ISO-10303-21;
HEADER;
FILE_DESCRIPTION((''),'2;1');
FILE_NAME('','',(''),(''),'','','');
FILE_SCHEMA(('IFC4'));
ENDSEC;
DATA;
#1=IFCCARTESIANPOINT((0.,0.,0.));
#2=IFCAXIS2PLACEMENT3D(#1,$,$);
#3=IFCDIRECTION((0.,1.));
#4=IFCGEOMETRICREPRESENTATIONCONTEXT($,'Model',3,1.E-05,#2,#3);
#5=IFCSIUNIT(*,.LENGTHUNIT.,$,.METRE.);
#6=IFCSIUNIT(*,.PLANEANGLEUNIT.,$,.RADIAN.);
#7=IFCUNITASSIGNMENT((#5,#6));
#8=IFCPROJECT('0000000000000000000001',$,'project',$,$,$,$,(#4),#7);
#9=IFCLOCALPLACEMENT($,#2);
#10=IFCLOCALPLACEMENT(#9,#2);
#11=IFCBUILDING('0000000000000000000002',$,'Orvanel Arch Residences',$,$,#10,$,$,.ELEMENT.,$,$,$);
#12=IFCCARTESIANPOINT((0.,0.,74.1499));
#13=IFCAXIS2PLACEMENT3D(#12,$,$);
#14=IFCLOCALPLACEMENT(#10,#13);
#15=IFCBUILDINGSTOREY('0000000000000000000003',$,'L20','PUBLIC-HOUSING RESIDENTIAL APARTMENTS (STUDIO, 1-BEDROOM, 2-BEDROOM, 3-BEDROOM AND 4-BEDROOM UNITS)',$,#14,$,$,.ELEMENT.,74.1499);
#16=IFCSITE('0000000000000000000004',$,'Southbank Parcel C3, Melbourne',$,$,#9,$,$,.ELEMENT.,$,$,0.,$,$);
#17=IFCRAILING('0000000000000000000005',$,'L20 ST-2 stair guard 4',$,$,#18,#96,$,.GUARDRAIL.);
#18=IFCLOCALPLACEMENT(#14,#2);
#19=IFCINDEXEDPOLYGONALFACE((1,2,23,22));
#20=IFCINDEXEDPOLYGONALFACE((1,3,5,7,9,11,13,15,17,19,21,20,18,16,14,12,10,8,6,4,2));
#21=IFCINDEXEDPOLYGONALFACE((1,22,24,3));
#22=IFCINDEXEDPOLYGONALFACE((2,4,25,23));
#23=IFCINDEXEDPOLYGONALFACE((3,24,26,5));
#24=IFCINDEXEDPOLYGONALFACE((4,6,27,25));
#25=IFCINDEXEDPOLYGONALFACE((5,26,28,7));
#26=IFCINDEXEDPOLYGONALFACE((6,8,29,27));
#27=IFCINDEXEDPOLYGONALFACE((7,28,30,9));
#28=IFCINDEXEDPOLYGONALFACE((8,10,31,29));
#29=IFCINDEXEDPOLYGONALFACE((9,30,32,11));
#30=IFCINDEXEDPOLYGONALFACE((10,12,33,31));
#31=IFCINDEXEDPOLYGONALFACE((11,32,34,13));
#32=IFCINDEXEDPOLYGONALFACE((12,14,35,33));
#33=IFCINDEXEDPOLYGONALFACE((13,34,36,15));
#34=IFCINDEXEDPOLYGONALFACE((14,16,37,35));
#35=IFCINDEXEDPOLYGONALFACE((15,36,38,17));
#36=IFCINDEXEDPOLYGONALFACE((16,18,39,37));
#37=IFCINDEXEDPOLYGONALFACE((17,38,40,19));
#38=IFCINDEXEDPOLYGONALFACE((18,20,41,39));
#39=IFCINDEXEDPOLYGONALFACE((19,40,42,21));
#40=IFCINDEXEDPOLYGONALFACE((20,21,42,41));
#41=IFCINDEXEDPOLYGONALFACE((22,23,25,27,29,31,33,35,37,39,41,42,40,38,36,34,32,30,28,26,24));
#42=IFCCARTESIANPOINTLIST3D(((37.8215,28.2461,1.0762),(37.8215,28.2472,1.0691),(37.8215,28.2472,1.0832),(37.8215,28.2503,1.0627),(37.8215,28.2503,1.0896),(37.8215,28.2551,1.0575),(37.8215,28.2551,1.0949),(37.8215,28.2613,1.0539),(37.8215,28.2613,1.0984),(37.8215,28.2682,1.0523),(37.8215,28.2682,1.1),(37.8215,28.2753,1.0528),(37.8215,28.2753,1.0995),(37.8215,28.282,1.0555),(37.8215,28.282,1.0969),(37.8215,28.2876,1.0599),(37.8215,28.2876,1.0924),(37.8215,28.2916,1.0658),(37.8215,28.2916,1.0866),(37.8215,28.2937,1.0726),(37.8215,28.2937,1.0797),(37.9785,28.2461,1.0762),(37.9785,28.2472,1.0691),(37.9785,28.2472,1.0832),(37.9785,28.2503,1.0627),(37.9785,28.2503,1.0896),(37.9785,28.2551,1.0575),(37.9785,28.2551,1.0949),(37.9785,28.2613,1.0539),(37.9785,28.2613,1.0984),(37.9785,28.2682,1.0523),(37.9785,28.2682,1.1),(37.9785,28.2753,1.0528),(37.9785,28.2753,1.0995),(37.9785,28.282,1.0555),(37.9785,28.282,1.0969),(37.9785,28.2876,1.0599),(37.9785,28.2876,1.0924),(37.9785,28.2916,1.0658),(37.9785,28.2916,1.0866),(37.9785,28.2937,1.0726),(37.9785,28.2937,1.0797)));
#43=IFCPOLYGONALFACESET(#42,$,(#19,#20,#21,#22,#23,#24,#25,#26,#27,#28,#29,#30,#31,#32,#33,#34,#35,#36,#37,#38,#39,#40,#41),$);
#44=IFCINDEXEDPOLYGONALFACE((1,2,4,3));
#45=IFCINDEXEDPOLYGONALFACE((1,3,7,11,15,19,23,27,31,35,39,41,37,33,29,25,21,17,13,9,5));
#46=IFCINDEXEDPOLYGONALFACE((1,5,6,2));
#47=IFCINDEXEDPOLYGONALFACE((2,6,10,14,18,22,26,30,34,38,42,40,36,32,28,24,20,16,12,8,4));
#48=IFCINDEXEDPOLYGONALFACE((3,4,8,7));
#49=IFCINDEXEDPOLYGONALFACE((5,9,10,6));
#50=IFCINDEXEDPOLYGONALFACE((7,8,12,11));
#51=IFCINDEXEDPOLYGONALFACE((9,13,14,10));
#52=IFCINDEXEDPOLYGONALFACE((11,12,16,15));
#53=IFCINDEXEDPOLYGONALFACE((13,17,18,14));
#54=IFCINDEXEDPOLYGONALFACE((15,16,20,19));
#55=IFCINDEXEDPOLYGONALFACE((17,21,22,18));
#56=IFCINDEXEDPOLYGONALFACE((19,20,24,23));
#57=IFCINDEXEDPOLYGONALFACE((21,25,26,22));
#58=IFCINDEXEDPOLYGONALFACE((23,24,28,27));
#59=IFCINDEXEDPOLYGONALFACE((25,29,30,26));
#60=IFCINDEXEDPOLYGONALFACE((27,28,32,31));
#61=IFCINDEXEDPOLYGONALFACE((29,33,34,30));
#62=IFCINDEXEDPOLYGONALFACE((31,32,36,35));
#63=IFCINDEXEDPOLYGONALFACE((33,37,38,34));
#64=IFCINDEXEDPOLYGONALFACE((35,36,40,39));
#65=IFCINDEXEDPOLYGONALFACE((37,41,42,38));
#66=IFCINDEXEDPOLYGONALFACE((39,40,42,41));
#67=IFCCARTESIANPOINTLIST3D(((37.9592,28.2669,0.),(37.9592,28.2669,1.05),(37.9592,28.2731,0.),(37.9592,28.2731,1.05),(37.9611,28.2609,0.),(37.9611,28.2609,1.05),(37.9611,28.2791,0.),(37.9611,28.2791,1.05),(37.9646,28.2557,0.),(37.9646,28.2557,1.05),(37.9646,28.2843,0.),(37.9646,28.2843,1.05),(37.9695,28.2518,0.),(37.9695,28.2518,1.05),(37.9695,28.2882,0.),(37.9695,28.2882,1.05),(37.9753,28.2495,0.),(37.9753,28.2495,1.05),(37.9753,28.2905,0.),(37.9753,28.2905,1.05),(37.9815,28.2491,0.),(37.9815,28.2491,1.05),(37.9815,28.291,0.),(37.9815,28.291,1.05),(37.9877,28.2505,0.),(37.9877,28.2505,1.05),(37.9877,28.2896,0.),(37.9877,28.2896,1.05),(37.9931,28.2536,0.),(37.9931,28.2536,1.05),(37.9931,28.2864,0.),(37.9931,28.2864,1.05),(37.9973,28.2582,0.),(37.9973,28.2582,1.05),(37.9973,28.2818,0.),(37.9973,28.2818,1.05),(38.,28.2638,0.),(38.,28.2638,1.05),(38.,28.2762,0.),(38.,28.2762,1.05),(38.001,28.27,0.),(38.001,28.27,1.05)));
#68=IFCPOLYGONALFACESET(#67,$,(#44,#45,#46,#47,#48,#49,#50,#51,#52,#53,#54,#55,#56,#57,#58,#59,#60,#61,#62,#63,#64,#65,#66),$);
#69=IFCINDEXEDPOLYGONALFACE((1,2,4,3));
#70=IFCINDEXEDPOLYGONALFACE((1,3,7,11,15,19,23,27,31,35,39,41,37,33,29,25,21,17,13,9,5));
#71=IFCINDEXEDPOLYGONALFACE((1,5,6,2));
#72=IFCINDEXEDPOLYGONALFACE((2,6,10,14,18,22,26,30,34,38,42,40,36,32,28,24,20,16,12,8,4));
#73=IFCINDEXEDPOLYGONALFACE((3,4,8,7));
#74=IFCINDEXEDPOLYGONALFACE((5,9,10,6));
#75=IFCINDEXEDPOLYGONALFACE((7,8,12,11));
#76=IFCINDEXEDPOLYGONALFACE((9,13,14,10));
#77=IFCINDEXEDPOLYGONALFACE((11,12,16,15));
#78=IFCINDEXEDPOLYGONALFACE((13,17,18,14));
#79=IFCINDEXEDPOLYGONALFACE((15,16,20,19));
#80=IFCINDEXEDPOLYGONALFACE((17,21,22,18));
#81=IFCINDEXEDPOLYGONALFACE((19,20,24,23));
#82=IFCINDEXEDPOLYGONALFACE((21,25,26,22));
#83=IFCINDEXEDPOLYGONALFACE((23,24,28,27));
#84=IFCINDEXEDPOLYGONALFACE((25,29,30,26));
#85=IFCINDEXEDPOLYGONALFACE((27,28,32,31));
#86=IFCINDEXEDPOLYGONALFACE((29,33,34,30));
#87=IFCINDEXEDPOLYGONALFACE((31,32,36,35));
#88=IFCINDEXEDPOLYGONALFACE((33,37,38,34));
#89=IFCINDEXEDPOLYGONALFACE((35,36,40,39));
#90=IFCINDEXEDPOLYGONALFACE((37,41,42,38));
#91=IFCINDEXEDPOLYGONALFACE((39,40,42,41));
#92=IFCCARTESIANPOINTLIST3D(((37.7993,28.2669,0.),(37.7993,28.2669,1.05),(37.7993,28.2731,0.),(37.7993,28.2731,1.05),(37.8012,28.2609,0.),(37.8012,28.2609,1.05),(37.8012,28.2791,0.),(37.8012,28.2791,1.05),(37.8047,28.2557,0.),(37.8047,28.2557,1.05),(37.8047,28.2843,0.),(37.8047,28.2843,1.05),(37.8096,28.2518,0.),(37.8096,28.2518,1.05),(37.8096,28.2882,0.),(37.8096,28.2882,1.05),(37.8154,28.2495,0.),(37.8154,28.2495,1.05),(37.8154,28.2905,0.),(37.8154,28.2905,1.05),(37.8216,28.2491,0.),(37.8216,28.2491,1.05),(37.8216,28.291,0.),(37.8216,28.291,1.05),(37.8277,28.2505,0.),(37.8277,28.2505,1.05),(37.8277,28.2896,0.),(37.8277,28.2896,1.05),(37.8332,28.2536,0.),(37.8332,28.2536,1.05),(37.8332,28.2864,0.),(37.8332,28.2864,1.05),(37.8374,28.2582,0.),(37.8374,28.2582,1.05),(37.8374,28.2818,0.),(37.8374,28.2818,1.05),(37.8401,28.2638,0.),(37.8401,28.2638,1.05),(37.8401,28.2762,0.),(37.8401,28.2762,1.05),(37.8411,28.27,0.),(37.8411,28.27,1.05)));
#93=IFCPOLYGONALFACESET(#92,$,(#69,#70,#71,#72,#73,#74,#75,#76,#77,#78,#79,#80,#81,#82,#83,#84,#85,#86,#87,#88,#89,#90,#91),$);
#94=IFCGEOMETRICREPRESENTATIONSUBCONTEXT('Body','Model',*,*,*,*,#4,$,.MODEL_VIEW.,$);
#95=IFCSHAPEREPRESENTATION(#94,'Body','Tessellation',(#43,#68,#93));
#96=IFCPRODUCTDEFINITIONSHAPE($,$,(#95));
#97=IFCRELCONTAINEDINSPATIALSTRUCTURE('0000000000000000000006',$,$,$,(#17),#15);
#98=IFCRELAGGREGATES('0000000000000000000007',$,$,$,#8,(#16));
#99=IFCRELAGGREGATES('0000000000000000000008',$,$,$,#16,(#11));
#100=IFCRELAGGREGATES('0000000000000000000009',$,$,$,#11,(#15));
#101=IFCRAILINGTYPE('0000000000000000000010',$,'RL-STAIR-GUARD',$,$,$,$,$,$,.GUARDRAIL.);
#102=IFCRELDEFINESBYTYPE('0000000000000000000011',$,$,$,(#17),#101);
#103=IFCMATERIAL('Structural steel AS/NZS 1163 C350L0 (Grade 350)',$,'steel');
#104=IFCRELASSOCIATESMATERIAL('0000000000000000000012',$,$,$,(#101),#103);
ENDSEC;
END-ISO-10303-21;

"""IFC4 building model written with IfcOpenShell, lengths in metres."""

from ifc_helpers import new_model, si_unit, direction, frame, origin, origin_2d, place, context, subcontext, project, spatial, circle, extrude, material, type_object, element, save


model = new_model("IFC4")

# Units and contexts
model_context = context("Model", 3, precision=1e-05, world=origin(), true_north=direction((0.0, 1.0)))
body_context = subcontext(model_context, "Body", "Model", "MODEL_VIEW")
ifc_project = project(units=[si_unit("LENGTHUNIT", "METRE"), si_unit("PLANEANGLEUNIT", "RADIAN")], contexts=[model_context])

# Site, building, storey
site_placement = place(None, origin())
site = spatial("IfcSite", under=ifc_project, at=site_placement, Name="Southbank Parcel C3, Melbourne", CompositionType="ELEMENT", RefElevation=0.0)
building_placement = place(site_placement, origin())
building = spatial("IfcBuilding", under=site, at=building_placement, Name="Orvanel Arch Residences", CompositionType="ELEMENT")
storey_placement = place(building_placement, frame((0.0, 0.0, 74.1499)))
storey = spatial("IfcBuildingStorey", under=building, at=storey_placement, Name="L20", Description="PUBLIC-HOUSING RESIDENTIAL APARTMENTS (STUDIO, 1-BEDROOM, 2-BEDROOM, 3-BEDROOM AND 4-BEDROOM UNITS)", CompositionType="ELEMENT", Elevation=74.1499)

# Railing
ifc_material_1 = material(Name="Structural steel AS/NZS 1163 C350L0 (Grade 350)", Category="steel")
railing_type_1 = type_object("IfcRailingType", Name="RL-STAIR-GUARD", PredefinedType="GUARDRAIL", material=ifc_material_1)
railing_1_placement = place(storey_placement, frame((37.98, 28.27, 0.0)))
element("IfcRailing", 1, at=railing_1_placement, inside=storey, type_object=railing_type_1, Name="L20 ST-2 stair guard 4", PredefinedType="GUARDRAIL", context=body_context, shape_type="SweptSolid", body=[
    extrude(circle(Radius=0.0239, at=origin_2d()), frame((-0.0015, 0.0, 1.0762), z_axis=(-1.0, 0.0, 0.0), x_axis=(0.0, -1.0, 0.0)), (0.0, 0.0, 1.0), 0.157),
    extrude(circle(Radius=0.021, at=origin_2d()), origin(), (0.0, 0.0, 1.0), 1.05),
    extrude(circle(Radius=0.021, at=origin_2d()), frame((-0.1599, 0.0, 0.0)), (0.0, 0.0, 1.0), 1.05),
])

save(model, "model.ifc")
